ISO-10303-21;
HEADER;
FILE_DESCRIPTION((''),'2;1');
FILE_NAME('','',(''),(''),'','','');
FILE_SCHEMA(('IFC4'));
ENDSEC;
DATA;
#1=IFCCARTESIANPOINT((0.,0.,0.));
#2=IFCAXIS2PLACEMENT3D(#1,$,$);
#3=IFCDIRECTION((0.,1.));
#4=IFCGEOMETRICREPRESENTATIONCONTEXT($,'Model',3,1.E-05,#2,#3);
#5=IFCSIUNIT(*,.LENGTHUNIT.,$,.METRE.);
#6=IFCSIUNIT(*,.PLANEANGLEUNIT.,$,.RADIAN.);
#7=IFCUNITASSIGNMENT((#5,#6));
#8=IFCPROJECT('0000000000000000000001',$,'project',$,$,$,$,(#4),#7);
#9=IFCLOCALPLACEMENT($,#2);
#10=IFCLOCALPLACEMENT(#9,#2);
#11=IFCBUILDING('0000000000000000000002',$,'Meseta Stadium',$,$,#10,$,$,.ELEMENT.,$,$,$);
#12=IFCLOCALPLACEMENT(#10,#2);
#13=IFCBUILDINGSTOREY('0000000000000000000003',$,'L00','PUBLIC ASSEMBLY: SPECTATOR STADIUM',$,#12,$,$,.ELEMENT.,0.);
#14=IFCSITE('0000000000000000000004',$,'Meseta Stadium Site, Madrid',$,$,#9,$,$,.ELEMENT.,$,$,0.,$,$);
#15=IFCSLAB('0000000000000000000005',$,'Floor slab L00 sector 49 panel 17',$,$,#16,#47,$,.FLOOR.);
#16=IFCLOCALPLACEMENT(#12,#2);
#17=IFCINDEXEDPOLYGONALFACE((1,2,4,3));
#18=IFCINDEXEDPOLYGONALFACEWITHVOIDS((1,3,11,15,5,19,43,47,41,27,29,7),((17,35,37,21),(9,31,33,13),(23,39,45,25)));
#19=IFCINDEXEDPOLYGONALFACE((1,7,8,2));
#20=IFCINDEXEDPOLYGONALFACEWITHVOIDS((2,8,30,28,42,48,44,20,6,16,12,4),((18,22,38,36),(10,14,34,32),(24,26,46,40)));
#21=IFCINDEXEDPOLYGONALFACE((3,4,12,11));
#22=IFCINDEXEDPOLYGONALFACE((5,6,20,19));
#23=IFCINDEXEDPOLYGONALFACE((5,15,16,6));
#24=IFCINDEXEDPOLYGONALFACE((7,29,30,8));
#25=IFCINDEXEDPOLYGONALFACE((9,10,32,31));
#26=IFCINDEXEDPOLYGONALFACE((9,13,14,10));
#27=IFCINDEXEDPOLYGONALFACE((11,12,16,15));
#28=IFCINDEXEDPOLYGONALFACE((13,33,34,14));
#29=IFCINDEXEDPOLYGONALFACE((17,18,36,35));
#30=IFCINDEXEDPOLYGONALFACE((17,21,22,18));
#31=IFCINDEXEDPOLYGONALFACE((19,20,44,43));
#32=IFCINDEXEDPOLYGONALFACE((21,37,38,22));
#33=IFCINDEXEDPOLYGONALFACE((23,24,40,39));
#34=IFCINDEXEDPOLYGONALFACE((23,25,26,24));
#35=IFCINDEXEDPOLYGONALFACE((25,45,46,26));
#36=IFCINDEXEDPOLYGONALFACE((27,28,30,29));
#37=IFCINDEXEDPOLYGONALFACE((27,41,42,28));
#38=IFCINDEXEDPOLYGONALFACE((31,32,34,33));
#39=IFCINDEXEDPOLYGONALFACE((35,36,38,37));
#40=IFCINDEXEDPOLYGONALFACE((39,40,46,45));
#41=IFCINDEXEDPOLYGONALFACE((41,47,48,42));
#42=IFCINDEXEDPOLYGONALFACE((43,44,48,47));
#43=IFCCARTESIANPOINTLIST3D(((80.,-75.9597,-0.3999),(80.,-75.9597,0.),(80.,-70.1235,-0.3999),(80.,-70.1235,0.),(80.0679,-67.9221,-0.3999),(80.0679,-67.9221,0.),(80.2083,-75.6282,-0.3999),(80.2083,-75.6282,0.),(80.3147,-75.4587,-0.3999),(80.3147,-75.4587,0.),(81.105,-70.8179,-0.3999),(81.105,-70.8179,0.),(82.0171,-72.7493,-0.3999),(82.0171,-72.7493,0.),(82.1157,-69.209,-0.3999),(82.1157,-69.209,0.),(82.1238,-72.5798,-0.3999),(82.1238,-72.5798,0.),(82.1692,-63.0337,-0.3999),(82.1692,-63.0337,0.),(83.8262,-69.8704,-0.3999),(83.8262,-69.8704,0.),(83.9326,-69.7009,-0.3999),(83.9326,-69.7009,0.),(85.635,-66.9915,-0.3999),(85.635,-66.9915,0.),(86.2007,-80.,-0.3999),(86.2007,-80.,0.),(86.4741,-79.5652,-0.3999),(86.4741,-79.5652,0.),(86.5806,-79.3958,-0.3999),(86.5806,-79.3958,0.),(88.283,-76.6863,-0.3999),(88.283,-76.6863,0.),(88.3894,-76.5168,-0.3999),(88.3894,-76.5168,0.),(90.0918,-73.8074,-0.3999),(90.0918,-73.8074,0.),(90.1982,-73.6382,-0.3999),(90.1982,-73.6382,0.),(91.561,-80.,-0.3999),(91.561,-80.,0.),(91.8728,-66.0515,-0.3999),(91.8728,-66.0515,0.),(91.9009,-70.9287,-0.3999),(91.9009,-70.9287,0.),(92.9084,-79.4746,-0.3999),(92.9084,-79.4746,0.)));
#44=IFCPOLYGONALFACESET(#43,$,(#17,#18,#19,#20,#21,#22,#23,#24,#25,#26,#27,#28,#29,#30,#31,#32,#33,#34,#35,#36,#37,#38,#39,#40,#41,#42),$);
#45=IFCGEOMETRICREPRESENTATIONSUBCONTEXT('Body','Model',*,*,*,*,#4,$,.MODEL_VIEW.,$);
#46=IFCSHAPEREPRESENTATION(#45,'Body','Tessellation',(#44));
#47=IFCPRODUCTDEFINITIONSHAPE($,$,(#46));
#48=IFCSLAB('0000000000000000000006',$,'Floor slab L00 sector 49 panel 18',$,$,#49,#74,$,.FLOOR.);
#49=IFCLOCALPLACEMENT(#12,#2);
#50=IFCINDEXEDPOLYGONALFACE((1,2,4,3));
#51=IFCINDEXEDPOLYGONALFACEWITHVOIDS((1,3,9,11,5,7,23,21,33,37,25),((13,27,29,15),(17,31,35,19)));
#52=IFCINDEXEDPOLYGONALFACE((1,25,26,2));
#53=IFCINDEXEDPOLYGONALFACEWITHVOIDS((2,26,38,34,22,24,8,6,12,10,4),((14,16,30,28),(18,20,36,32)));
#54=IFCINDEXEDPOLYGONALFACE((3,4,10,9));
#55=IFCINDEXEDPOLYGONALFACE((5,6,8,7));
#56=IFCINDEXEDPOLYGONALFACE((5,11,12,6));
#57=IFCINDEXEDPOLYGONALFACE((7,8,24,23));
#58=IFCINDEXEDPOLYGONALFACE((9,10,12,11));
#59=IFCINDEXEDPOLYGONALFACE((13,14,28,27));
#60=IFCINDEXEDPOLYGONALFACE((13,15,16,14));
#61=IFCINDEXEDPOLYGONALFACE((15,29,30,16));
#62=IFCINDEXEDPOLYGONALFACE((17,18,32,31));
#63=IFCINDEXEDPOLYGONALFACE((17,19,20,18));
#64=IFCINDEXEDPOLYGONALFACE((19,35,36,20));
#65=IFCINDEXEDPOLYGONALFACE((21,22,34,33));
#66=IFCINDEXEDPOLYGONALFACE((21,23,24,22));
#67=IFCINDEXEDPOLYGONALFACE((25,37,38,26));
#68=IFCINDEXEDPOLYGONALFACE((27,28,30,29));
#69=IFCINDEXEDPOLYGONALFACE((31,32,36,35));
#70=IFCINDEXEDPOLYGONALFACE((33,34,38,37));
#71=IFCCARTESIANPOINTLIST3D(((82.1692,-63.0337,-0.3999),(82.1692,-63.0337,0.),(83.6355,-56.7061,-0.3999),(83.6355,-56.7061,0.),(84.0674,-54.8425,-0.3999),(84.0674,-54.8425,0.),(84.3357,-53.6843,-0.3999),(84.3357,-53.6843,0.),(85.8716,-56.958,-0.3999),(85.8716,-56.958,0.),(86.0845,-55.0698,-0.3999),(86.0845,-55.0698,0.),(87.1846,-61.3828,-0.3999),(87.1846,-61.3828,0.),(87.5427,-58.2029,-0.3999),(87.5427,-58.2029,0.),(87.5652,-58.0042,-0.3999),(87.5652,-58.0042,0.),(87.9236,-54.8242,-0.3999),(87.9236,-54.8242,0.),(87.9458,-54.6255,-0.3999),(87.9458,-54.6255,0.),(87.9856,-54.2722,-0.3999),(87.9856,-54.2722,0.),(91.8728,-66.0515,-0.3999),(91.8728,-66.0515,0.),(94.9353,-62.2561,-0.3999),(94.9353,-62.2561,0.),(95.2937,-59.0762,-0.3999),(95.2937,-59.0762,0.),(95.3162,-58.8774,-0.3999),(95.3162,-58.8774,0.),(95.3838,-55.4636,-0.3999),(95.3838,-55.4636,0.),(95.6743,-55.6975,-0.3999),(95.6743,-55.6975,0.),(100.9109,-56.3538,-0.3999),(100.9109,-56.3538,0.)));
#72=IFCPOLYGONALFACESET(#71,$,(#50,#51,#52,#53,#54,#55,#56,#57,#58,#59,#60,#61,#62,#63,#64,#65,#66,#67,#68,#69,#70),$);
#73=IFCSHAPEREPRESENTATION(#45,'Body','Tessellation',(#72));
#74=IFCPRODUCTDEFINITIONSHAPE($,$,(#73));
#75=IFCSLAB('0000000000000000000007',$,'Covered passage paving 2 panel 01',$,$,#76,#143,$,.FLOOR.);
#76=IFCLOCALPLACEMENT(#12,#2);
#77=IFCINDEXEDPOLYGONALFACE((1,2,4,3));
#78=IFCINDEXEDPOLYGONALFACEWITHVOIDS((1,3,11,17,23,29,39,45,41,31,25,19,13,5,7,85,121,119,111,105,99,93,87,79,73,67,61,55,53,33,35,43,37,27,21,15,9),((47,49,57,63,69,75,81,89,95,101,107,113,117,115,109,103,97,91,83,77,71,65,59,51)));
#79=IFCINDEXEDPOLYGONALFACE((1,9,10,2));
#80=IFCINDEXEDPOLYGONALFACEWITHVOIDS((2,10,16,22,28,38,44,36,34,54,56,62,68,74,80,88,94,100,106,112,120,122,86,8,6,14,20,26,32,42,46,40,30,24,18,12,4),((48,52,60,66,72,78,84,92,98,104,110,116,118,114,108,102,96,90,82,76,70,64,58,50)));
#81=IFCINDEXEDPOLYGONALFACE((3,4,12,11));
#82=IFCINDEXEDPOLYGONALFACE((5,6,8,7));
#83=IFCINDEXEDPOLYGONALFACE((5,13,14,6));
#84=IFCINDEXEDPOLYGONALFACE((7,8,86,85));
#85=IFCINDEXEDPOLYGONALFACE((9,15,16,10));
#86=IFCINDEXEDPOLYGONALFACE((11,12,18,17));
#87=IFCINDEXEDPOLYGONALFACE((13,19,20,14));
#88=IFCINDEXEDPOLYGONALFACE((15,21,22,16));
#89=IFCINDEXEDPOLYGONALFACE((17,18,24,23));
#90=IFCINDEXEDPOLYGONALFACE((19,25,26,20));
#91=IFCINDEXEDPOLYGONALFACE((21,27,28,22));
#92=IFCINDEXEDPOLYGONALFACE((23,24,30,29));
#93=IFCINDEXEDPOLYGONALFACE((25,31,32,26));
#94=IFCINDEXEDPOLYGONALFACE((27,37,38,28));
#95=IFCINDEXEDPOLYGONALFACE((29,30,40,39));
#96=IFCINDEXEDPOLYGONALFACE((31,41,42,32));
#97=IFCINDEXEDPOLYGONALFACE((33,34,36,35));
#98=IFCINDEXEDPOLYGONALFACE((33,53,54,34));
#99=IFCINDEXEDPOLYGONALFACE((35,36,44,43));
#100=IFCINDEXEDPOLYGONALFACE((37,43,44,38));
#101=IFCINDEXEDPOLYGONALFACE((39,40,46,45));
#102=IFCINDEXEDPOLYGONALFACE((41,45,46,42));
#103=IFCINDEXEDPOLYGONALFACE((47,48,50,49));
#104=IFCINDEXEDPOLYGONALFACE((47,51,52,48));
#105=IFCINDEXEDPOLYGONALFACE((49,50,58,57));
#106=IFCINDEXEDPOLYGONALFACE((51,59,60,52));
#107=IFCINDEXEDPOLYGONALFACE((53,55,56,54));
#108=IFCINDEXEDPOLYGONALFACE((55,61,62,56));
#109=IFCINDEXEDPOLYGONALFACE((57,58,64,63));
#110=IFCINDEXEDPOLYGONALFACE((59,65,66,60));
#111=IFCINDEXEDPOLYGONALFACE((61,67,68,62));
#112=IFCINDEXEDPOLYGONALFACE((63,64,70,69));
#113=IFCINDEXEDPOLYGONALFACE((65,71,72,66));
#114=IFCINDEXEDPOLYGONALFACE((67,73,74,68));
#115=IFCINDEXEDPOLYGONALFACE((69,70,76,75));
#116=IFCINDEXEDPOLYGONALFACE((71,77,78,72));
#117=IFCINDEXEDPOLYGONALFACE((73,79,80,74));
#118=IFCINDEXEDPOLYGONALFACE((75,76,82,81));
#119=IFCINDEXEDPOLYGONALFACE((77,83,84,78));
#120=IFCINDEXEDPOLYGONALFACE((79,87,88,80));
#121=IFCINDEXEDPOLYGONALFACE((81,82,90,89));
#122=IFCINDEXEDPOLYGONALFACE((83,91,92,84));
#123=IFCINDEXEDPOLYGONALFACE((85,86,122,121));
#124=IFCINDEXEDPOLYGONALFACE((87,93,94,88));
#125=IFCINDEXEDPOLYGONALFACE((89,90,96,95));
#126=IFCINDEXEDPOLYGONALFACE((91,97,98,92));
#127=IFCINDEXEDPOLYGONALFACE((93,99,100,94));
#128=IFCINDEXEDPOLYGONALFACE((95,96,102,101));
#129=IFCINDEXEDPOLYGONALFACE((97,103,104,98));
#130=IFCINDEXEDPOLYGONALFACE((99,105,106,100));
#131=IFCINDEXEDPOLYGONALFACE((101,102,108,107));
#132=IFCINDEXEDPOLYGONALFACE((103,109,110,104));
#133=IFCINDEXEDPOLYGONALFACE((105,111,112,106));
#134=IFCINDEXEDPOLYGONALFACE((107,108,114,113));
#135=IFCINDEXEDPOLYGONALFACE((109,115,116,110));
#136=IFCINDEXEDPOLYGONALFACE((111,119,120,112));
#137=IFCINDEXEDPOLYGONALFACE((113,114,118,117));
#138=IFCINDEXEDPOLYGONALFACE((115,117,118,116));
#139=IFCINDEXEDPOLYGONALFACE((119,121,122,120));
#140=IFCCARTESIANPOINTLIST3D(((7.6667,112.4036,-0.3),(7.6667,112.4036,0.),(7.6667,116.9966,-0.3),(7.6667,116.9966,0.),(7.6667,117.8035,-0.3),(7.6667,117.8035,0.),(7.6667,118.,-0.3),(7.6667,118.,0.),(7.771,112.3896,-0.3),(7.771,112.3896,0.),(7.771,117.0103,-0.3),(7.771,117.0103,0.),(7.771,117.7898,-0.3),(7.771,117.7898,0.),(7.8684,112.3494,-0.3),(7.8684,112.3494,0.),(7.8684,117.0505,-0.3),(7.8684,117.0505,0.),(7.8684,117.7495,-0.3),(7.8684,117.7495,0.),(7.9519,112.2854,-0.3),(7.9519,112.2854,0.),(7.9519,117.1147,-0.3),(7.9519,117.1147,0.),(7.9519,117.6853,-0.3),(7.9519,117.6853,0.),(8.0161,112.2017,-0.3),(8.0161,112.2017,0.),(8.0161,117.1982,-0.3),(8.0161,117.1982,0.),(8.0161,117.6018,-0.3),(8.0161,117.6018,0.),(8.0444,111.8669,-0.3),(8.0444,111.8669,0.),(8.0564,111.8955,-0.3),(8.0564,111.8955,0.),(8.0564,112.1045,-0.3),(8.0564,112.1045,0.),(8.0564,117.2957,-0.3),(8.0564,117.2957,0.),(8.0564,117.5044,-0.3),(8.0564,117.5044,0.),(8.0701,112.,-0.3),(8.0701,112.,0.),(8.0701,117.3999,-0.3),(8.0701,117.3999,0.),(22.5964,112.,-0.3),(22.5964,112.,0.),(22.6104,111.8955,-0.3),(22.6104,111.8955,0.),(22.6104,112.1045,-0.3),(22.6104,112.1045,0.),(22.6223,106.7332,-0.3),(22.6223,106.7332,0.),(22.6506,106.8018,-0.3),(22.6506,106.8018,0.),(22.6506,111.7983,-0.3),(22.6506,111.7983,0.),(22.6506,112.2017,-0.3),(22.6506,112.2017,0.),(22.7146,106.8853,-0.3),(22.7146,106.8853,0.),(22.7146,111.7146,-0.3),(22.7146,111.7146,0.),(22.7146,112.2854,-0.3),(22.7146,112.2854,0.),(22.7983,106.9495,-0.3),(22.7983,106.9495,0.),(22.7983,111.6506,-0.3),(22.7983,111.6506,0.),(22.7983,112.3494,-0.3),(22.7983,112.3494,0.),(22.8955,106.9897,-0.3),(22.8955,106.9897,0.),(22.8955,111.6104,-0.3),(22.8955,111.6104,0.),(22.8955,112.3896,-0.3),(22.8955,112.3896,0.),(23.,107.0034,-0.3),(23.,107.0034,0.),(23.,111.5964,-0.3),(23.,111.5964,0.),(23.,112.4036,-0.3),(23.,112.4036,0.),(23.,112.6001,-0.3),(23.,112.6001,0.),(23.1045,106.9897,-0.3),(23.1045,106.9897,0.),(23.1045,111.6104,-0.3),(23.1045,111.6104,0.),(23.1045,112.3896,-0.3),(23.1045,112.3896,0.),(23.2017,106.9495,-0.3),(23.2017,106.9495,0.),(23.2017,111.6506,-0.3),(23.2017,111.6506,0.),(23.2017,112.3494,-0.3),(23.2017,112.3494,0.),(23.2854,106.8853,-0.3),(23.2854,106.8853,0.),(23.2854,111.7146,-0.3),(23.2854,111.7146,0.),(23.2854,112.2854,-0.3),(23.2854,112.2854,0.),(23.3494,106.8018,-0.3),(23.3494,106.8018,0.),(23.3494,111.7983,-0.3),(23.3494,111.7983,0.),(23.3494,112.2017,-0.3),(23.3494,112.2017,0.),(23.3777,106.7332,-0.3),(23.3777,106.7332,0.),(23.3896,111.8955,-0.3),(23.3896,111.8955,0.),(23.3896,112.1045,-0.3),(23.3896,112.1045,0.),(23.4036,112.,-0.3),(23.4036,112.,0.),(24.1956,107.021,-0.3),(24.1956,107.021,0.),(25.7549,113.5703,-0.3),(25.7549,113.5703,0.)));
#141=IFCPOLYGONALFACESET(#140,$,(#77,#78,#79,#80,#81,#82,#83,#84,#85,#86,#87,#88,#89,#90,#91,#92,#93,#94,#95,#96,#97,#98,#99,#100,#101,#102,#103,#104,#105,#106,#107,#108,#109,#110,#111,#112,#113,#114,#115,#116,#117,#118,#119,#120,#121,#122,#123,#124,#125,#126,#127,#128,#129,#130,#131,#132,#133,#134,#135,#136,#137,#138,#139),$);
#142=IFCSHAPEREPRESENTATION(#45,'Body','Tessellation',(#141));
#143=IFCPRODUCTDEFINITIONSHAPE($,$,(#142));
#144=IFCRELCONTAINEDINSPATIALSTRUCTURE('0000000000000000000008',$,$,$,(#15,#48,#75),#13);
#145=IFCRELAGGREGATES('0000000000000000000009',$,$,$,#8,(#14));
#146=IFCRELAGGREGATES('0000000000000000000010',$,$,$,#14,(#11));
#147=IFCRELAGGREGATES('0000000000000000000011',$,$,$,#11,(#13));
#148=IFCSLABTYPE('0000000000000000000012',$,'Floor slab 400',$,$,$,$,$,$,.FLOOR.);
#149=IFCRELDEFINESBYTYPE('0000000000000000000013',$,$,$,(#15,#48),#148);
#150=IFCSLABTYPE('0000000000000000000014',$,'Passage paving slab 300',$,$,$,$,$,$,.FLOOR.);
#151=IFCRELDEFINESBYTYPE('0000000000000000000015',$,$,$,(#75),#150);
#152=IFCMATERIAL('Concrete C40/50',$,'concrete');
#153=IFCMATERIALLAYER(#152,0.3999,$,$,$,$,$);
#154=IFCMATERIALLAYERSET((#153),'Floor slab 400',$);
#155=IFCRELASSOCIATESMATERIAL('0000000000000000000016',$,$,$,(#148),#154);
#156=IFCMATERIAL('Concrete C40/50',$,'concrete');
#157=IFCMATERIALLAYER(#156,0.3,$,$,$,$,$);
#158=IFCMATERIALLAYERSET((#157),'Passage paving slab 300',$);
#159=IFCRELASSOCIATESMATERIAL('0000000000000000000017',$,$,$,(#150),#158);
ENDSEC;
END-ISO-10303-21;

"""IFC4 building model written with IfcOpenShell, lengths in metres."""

from ifc_helpers import new_model, si_unit, direction, frame, origin, place, context, subcontext, project, spatial, polyline, outline, extrude, material, layer, layer_set, type_object, element, save


model = new_model("IFC4")

# Units and contexts
model_context = context("Model", 3, precision=1e-05, world=origin(), true_north=direction((0.0, 1.0)))
body_context = subcontext(model_context, "Body", "Model", "MODEL_VIEW")
ifc_project = project(units=[si_unit("LENGTHUNIT", "METRE"), si_unit("PLANEANGLEUNIT", "RADIAN")], contexts=[model_context])

# Site, building, storey
site_placement = place(None, origin())
site = spatial("IfcSite", under=ifc_project, at=site_placement, Name="Meseta Stadium Site, Madrid", CompositionType="ELEMENT", RefElevation=0.0)
building_placement = place(site_placement, origin())
building = spatial("IfcBuilding", under=site, at=building_placement, Name="Meseta Stadium", CompositionType="ELEMENT")
storey_placement = place(building_placement, origin())
storey = spatial("IfcBuildingStorey", under=building, at=storey_placement, Name="L00", Description="PUBLIC ASSEMBLY: SPECTATOR STADIUM", CompositionType="ELEMENT", Elevation=0.0)

# Slabs
ifc_material_1 = material(Name="Concrete C40/50", Category="concrete")
ifc_layer_1 = layer(ifc_material_1, 0.3999)
ifc_layer_set_1 = layer_set([ifc_layer_1], Name="Floor slab 400")
slab_type_1 = type_object("IfcSlabType", Name="Floor slab 400", PredefinedType="FLOOR", material=ifc_layer_set_1)
slab_1_placement = place(storey_placement, frame((0.0, 0.0, -0.3999)))
element("IfcSlab", 1, at=slab_1_placement, inside=storey, type_object=slab_type_1, Name="Floor slab L00 sector 49 panel 17", PredefinedType="FLOOR", context=body_context, shape_type="SweptSolid", body=[
    extrude(outline(polyline([(81.105, -70.8179), (80.0, -70.1235), (80.0, -75.9597), (80.2083, -75.6282), (86.4741, -79.5652), (86.2007, -80.0), (91.561, -80.0), (92.9084, -79.4746), (91.8728, -66.0515), (82.1692, -63.0337), (80.0679, -67.9221), (82.1157, -69.209), (81.105, -70.8179)]), holes=[polyline([(82.0171, -72.7493), (88.283, -76.6863), (86.5806, -79.3958), (80.3147, -75.4587), (82.0171, -72.7493)]), polyline([(82.1238, -72.5798), (83.8262, -69.8704), (90.0918, -73.8074), (88.3894, -76.5168), (82.1238, -72.5798)]), polyline([(83.9326, -69.7009), (85.635, -66.9915), (91.9009, -70.9287), (90.1982, -73.6382), (83.9326, -69.7009)])]), origin(), (0.0, 0.0, 1.0), 0.3999),
])
slab_2_placement = place(storey_placement, frame((0.0, 0.0, -0.3999)))
element("IfcSlab", 2, at=slab_2_placement, inside=storey, type_object=slab_type_1, Name="Floor slab L00 sector 49 panel 18", PredefinedType="FLOOR", context=body_context, shape_type="SweptSolid", body=[
    extrude(outline(polyline([(82.1692, -63.0337), (91.8728, -66.0515), (100.9109, -56.3538), (95.3838, -55.4636), (87.9458, -54.6255), (87.9856, -54.2722), (84.3357, -53.6843), (84.0674, -54.8425), (86.0845, -55.0698), (85.8716, -56.958), (83.6355, -56.7061), (82.1692, -63.0337)]), holes=[polyline([(87.1846, -61.3828), (87.5427, -58.2029), (95.2937, -59.0762), (94.9353, -62.2561), (87.1846, -61.3828)]), polyline([(87.5652, -58.0042), (87.9236, -54.8242), (95.6743, -55.6975), (95.3162, -58.8774), (87.5652, -58.0042)])]), origin(), (0.0, 0.0, 1.0), 0.3999),
])
ifc_material_2 = material(Name="Concrete C40/50", Category="concrete")
ifc_layer_2 = layer(ifc_material_2, 0.3)
ifc_layer_set_2 = layer_set([ifc_layer_2], Name="Passage paving slab 300")
slab_type_2 = type_object("IfcSlabType", Name="Passage paving slab 300", PredefinedType="FLOOR", material=ifc_layer_set_2)
slab_3_placement = place(storey_placement, frame((0.0, 0.0, -0.3)))
element("IfcSlab", 3, at=slab_3_placement, inside=storey, type_object=slab_type_2, Name="Covered passage paving 2 panel 01", PredefinedType="FLOOR", context=body_context, shape_type="SweptSolid", body=[
    extrude(outline(polyline([(8.0564, 112.1045), (8.0701, 112.0), (8.0564, 111.8955), (8.0444, 111.8669), (22.6223, 106.7332), (22.6506, 106.8018), (22.7146, 106.8853), (22.7983, 106.9495), (22.8955, 106.9897), (23.0, 107.0034), (23.1045, 106.9897), (23.2017, 106.9495), (23.2854, 106.8853), (23.3494, 106.8018), (23.3777, 106.7332), (24.1956, 107.021), (25.7549, 113.5703), (23.0, 112.6001), (7.6667, 118.0), (7.6667, 117.8035), (7.771, 117.7898), (7.8684, 117.7495), (7.9519, 117.6853), (8.0161, 117.6018), (8.0564, 117.5044), (8.0701, 117.3999), (8.0564, 117.2957), (8.0161, 117.1982), (7.9519, 117.1147), (7.8684, 117.0505), (7.771, 117.0103), (7.6667, 116.9966), (7.6667, 112.4036), (7.771, 112.3896), (7.8684, 112.3494), (7.9519, 112.2854), (8.0161, 112.2017), (8.0564, 112.1045)]), holes=[polyline([(23.1045, 111.6104), (23.0, 111.5964), (22.8955, 111.6104), (22.7983, 111.6506), (22.7146, 111.7146), (22.6506, 111.7983), (22.6104, 111.8955), (22.5964, 112.0), (22.6104, 112.1045), (22.6506, 112.2017), (22.7146, 112.2854), (22.7983, 112.3494), (22.8955, 112.3896), (23.0, 112.4036), (23.1045, 112.3896), (23.2017, 112.3494), (23.2854, 112.2854), (23.3494, 112.2017), (23.3896, 112.1045), (23.4036, 112.0), (23.3896, 111.8955), (23.3494, 111.7983), (23.2854, 111.7146), (23.2017, 111.6506), (23.1045, 111.6104)])]), origin(), (0.0, 0.0, 1.0), 0.3),
])

save(model, "model.ifc")
